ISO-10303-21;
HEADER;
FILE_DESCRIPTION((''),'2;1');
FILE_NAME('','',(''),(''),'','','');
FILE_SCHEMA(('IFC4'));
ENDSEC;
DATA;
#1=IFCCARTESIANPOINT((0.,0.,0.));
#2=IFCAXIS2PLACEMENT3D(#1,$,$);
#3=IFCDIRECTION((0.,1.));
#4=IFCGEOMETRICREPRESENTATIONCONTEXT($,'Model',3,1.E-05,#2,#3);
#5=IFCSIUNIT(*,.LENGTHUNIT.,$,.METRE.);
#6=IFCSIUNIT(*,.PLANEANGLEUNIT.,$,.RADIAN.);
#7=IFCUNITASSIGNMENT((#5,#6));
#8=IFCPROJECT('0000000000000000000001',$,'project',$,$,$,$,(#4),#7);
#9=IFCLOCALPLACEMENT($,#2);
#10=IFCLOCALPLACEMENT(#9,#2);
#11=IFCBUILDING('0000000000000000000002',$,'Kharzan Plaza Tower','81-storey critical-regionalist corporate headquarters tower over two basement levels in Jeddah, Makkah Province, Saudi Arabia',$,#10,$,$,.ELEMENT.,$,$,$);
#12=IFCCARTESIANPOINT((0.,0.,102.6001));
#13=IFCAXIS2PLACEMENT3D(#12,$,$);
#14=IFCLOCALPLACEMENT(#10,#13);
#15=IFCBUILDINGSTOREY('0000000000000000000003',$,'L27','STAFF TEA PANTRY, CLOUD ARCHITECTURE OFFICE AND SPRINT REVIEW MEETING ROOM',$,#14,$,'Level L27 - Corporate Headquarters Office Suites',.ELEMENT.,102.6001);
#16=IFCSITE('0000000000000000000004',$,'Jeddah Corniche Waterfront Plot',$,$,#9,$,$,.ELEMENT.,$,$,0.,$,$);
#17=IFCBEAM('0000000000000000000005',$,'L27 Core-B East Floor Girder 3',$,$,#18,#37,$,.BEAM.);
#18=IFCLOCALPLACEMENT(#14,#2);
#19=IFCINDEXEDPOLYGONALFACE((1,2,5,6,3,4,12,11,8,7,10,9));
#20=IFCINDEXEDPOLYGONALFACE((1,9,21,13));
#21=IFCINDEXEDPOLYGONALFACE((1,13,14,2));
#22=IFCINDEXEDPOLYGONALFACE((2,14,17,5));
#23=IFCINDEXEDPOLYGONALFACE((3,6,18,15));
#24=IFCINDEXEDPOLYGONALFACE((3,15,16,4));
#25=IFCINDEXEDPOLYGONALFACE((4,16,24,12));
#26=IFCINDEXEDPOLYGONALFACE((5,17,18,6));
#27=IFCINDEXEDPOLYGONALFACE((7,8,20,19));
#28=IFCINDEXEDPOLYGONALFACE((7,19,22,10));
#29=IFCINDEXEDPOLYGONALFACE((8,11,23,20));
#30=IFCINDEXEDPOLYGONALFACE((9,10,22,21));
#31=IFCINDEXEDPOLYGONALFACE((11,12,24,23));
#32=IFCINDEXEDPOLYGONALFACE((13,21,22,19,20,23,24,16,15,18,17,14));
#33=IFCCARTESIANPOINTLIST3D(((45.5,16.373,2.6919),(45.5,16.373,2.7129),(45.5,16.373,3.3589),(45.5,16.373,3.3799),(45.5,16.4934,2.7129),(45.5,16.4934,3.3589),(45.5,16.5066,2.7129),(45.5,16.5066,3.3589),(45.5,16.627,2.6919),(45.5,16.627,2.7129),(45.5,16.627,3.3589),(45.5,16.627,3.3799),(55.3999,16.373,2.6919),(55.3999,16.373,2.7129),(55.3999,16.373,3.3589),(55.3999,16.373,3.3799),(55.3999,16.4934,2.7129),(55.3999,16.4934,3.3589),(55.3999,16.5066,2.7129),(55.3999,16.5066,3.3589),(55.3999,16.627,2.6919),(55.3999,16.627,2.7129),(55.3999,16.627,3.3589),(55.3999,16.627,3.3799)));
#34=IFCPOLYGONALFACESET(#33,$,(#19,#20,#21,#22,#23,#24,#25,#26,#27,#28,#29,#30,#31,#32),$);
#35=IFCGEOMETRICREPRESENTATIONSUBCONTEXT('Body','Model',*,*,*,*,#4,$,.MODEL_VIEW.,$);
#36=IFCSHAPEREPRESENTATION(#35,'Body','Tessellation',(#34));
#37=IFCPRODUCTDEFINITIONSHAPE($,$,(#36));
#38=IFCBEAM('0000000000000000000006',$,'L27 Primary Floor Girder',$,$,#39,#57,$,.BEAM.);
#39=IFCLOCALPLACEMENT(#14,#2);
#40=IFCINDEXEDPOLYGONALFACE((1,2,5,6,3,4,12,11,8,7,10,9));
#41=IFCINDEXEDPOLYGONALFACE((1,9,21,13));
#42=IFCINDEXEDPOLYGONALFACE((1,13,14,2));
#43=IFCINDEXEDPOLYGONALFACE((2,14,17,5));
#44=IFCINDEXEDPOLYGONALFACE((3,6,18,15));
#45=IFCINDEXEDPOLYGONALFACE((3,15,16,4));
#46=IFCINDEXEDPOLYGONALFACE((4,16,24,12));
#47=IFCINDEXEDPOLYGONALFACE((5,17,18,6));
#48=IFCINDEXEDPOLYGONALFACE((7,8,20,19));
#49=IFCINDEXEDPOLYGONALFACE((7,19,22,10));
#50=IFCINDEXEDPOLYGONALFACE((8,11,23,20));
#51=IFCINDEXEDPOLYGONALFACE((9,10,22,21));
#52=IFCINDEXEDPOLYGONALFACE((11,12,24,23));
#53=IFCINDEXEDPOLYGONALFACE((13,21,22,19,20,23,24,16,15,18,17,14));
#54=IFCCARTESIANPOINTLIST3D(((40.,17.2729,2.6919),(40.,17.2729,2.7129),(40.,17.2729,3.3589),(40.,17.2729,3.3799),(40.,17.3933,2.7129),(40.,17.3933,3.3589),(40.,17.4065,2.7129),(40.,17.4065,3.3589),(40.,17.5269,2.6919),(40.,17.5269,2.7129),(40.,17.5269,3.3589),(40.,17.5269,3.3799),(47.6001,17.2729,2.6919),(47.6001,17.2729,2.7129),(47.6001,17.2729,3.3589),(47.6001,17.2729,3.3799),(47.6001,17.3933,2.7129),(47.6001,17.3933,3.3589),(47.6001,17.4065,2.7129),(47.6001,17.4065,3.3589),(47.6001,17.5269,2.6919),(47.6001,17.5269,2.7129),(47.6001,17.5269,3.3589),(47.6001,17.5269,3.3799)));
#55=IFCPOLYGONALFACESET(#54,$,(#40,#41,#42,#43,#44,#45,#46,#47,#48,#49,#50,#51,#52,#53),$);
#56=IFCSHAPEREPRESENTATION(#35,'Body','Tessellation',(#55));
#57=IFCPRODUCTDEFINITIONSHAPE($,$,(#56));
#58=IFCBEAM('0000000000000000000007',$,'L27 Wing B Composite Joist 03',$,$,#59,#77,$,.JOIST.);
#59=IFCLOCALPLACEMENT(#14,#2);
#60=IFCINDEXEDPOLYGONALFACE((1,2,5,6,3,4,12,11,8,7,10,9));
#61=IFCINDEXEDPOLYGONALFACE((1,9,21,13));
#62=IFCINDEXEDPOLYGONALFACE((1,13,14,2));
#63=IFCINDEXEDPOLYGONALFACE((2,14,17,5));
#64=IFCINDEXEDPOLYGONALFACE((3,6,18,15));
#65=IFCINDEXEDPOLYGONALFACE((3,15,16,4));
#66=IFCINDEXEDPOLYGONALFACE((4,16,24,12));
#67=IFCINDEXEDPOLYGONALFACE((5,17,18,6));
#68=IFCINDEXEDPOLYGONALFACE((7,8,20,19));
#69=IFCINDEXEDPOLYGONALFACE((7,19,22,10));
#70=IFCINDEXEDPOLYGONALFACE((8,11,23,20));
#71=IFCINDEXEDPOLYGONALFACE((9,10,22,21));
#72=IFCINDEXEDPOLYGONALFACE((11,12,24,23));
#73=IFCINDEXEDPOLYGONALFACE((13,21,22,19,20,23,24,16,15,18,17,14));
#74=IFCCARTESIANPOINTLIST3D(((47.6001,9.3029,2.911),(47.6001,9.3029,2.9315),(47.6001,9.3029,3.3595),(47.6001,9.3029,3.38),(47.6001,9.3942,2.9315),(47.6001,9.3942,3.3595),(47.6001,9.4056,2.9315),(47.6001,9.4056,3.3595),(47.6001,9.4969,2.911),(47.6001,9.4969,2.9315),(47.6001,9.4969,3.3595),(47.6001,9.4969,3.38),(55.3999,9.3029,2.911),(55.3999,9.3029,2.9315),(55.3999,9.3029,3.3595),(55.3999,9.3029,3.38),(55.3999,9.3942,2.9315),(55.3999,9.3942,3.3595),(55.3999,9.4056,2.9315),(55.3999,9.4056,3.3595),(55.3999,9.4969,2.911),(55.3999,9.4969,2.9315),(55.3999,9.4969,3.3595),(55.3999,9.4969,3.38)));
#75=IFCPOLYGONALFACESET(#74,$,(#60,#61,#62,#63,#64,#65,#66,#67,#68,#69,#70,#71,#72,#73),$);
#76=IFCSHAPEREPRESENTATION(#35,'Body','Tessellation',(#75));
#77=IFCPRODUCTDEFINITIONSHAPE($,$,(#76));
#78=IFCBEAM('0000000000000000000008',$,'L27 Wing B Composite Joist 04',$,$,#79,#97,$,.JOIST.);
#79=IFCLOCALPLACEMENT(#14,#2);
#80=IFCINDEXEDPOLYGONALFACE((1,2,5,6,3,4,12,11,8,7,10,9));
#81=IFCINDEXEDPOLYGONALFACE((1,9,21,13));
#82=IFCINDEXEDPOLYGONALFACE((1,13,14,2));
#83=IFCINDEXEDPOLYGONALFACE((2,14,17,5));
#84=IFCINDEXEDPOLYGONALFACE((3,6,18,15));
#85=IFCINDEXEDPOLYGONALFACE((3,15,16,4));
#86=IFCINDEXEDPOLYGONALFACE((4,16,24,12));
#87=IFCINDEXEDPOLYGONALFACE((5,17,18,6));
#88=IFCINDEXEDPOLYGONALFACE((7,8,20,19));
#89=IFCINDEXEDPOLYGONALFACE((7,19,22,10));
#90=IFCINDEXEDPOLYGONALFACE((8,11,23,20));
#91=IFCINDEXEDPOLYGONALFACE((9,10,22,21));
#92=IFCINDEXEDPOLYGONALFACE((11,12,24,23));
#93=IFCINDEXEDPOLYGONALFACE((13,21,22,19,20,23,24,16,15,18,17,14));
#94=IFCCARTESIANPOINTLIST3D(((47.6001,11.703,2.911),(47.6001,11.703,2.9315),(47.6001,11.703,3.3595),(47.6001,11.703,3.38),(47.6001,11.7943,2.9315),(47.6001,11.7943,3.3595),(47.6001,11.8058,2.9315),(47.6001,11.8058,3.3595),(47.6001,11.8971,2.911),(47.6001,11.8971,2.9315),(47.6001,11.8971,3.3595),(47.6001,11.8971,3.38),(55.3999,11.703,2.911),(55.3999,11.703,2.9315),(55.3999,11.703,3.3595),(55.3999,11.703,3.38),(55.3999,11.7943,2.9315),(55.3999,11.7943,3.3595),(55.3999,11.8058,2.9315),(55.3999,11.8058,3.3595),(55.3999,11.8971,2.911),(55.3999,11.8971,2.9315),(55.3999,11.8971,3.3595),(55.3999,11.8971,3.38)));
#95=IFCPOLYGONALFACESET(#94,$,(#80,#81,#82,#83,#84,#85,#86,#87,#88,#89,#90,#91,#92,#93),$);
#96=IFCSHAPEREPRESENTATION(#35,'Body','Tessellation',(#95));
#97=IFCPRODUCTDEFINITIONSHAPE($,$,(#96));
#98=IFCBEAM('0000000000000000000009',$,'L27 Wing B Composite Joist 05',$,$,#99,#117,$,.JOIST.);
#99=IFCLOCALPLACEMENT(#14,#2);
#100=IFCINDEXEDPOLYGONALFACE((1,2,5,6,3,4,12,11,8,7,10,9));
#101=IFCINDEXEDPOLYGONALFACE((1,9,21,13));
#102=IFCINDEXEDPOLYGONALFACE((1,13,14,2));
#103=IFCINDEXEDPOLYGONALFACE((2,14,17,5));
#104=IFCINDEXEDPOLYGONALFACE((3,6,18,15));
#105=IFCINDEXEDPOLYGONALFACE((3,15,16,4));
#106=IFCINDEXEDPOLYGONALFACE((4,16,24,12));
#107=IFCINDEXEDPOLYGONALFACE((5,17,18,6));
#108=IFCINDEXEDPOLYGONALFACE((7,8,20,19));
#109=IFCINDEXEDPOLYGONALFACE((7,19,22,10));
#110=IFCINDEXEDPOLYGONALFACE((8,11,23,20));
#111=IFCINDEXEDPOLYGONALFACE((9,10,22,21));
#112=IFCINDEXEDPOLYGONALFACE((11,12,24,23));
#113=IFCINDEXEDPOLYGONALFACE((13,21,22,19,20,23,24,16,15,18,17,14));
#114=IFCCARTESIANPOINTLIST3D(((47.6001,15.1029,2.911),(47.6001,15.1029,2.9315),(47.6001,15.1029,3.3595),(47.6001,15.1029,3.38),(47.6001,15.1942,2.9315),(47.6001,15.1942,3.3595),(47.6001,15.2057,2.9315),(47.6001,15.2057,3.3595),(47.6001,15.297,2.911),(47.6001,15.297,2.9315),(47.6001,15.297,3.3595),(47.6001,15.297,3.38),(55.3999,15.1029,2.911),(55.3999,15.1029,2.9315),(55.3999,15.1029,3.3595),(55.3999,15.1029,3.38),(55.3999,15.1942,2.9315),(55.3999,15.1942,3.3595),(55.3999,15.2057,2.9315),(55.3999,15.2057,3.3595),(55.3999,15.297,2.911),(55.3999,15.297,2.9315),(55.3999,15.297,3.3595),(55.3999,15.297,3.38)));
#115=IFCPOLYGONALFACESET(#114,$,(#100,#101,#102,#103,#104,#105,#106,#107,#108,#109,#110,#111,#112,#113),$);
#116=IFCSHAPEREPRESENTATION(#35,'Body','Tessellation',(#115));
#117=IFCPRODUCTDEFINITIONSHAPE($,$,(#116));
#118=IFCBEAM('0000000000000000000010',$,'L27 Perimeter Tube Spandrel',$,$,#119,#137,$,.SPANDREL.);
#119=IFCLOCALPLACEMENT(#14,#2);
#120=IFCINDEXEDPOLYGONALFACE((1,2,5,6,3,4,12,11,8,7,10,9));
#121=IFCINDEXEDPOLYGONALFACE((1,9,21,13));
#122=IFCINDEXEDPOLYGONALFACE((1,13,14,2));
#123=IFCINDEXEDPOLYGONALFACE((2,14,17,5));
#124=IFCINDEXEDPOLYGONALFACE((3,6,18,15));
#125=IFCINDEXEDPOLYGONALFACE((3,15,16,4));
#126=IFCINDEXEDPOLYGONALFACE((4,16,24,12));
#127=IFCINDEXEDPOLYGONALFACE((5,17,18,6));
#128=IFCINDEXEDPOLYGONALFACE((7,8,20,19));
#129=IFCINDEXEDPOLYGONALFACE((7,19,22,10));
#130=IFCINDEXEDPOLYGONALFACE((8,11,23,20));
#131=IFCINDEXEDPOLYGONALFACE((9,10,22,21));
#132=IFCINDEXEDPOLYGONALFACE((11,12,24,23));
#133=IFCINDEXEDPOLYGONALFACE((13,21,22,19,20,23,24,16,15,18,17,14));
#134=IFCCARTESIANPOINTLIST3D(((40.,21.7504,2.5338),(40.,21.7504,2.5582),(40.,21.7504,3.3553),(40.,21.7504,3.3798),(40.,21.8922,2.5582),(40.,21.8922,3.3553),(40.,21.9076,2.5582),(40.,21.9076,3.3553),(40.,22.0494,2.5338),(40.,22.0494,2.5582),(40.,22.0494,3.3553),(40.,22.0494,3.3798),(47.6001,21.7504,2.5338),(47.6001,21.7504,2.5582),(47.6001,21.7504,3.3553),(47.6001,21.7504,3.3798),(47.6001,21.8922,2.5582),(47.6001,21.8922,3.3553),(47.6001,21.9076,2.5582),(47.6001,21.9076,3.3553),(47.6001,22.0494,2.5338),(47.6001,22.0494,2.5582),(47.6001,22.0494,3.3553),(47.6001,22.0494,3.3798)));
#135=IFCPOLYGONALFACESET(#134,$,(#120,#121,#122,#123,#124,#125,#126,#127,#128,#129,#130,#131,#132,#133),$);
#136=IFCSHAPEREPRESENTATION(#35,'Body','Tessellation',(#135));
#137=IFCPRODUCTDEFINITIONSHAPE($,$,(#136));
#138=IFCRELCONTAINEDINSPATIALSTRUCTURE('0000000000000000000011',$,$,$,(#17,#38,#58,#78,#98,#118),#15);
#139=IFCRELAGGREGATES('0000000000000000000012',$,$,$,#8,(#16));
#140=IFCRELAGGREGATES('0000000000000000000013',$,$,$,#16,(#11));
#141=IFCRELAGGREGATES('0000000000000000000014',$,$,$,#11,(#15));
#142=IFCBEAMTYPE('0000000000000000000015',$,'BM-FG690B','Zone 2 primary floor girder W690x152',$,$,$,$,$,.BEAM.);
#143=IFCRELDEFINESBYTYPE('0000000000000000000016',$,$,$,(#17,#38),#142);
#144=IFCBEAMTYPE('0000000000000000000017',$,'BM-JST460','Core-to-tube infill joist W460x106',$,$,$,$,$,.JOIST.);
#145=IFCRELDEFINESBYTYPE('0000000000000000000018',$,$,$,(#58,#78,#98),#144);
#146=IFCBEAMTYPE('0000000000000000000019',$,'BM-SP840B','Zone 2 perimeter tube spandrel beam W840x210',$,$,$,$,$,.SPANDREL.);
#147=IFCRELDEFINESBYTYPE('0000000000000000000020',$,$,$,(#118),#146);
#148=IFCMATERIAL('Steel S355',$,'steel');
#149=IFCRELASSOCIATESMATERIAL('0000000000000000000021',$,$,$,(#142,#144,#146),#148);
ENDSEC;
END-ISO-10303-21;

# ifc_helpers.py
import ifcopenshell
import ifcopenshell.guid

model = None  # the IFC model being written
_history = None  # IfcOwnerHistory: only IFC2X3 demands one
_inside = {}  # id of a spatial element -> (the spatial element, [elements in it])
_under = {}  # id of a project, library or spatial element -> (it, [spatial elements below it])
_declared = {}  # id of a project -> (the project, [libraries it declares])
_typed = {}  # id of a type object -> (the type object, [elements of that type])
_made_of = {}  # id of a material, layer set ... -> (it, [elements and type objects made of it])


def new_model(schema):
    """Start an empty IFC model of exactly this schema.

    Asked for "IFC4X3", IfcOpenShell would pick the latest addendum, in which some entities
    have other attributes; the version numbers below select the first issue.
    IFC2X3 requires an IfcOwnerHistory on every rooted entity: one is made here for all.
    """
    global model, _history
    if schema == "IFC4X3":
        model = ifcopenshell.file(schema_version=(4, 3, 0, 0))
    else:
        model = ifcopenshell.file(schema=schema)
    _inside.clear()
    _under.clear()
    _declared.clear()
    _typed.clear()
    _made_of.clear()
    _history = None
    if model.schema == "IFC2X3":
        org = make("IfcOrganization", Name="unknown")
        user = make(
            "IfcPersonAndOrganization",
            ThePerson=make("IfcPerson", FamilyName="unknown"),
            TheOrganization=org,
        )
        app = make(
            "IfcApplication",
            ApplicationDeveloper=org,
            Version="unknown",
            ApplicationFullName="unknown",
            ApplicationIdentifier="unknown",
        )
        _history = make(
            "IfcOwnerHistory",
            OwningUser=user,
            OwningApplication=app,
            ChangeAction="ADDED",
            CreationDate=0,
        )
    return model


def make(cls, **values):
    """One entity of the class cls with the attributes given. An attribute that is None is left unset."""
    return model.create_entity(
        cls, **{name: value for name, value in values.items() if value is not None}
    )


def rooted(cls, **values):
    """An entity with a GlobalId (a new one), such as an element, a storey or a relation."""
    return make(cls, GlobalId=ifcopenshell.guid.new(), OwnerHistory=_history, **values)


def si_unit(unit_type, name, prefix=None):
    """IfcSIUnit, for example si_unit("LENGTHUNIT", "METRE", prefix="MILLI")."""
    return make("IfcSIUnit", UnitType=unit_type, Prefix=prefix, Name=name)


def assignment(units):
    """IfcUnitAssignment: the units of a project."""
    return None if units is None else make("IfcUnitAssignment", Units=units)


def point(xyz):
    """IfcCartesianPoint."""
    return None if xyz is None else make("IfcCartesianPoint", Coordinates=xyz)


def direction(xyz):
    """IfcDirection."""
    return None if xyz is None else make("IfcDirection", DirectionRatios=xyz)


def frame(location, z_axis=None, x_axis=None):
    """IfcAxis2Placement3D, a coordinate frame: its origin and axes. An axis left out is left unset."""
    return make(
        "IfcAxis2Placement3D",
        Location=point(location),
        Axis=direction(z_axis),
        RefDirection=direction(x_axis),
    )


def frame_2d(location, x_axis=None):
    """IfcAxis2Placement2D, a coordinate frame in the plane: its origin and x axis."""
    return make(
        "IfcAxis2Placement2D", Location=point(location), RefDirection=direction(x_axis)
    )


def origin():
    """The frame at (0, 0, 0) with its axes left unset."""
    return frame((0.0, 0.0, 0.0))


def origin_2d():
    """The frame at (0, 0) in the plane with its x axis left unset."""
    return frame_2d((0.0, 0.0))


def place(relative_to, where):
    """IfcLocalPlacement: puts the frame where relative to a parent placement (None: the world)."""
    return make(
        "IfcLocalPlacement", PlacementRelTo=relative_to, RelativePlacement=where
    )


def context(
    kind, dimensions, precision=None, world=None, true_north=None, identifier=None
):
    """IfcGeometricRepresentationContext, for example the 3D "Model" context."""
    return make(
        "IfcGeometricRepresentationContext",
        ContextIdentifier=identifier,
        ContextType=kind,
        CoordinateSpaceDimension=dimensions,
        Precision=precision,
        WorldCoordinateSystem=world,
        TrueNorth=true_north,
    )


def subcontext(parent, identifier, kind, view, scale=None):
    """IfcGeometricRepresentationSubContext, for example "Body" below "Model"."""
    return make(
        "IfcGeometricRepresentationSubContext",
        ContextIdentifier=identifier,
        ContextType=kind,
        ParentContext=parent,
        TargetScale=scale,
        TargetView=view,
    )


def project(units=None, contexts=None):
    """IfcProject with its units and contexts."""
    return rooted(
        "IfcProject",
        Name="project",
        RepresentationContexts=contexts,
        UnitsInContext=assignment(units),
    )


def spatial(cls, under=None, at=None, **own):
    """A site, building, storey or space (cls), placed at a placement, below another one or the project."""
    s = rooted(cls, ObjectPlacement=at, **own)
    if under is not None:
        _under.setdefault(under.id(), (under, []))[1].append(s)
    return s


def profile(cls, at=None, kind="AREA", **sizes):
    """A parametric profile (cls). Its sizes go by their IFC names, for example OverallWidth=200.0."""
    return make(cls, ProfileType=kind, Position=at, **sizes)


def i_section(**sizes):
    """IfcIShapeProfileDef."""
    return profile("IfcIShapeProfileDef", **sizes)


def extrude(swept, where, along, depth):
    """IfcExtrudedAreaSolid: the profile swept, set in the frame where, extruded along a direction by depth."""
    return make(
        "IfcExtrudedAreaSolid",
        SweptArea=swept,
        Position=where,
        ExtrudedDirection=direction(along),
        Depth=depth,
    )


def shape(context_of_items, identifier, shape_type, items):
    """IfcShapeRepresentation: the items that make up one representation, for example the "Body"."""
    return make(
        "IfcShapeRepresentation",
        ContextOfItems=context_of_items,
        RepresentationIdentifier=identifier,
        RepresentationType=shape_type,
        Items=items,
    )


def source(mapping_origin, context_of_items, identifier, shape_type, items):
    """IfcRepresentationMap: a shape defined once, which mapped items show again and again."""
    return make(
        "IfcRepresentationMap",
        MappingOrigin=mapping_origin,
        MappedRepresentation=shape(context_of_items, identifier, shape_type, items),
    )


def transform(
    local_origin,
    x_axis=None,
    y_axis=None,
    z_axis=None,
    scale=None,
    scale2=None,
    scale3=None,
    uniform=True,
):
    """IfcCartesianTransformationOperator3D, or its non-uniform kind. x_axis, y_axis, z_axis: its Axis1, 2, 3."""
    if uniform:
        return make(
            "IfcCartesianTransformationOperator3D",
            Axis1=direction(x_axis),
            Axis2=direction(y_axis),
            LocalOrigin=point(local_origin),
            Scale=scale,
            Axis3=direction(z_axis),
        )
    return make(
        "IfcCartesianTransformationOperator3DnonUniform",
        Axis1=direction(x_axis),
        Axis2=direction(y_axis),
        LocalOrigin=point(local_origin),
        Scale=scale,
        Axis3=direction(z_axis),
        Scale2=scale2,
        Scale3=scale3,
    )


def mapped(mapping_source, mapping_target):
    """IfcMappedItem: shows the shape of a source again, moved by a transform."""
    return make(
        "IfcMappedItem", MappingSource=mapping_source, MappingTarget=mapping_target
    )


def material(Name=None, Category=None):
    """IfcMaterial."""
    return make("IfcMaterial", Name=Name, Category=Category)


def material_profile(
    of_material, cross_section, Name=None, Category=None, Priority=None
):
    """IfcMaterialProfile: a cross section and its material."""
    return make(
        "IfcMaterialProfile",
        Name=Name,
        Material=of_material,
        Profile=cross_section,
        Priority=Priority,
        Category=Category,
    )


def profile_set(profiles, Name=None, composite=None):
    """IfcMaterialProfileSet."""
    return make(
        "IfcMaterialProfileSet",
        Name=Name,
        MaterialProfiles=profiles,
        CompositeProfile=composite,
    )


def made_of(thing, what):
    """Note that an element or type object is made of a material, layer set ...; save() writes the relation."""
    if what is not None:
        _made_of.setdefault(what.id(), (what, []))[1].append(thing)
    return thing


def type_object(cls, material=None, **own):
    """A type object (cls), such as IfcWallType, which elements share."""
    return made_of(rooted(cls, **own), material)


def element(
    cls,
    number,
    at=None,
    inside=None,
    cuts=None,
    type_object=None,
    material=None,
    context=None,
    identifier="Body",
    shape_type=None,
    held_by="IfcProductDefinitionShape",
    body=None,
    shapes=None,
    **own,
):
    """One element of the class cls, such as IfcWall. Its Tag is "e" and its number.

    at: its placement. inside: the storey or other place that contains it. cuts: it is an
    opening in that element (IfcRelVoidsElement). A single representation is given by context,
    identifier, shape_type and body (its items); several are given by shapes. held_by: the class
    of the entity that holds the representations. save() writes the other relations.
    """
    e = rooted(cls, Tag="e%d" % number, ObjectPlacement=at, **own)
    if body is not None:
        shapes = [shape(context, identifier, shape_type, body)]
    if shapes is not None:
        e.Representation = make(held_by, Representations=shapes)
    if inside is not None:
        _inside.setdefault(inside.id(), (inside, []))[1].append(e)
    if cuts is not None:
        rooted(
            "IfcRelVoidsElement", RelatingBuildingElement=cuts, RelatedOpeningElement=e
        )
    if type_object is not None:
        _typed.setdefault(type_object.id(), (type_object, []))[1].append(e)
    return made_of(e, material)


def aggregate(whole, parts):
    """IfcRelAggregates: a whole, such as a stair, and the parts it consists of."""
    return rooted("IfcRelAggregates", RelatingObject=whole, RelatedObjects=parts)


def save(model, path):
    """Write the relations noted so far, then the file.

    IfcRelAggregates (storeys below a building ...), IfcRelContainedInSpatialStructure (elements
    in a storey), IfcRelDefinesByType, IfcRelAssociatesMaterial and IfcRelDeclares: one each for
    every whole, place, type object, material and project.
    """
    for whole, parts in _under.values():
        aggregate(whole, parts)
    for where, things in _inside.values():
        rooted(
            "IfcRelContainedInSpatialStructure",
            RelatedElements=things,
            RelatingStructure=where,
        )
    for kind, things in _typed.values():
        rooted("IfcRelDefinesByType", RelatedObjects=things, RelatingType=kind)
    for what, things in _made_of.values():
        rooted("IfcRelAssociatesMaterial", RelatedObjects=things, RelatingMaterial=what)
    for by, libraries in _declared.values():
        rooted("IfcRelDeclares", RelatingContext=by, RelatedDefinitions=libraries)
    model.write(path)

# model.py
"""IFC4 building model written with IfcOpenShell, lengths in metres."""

from ifc_helpers import new_model, si_unit, direction, frame, origin, origin_2d, place, context, subcontext, project, spatial, i_section, extrude, source, transform, mapped, material, material_profile, profile_set, type_object, element, save


model = new_model("IFC4")

# Units and contexts
model_context = context("Model", 3, precision=1e-05, world=origin(), true_north=direction((0.0, 1.0)))
body_context = subcontext(model_context, "Body", "Model", "MODEL_VIEW")
ifc_project = project(units=[si_unit("LENGTHUNIT", "METRE"), si_unit("PLANEANGLEUNIT", "RADIAN")], contexts=[model_context])

# Site, building, storey
site_placement = place(None, origin())
site = spatial("IfcSite", under=ifc_project, at=site_placement, Name="Jeddah Corniche Waterfront Plot", CompositionType="ELEMENT", RefElevation=0.0)
building_placement = place(site_placement, origin())
building = spatial("IfcBuilding", under=site, at=building_placement, Name="Kharzan Plaza Tower", Description="81-storey critical-regionalist corporate headquarters tower over two basement levels in Jeddah, Makkah Province, Saudi Arabia", CompositionType="ELEMENT")
storey_placement = place(building_placement, frame((0.0, 0.0, 102.6001)))
storey = spatial("IfcBuildingStorey", under=building, at=storey_placement, Name="L27", Description="STAFF TEA PANTRY, CLOUD ARCHITECTURE OFFICE AND SPRINT REVIEW MEETING ROOM", LongName="Level L27 - Corporate Headquarters Office Suites", CompositionType="ELEMENT", Elevation=102.6001)

# Beams
ifc_material_1 = material(Name="Steel S355", Category="steel")
ifc_material_profile_1 = material_profile(ifc_material_1, i_section(OverallWidth=0.2539, OverallDepth=0.688, WebThickness=0.0132, FlangeThickness=0.021, at=origin_2d()), Name="W690x152")
ifc_profile_set_1 = profile_set([ifc_material_profile_1], Name="Steel S355")
beam_type_1 = type_object("IfcBeamType", Name="BM-FG690B", Description="Zone 2 primary floor girder W690x152", PredefinedType="BEAM", material=ifc_profile_set_1)
shared_shape_1 = source(origin(), body_context, "Body", "SweptSolid", [
    extrude(i_section(OverallWidth=0.2539, OverallDepth=0.688, WebThickness=0.0132, FlangeThickness=0.021, at=origin_2d()), origin(), (0.0, 0.0, 1.0), 9.8999),
])
for number, where, z_axis, x_axis, name in (
    (1, (45.5, 16.5, 3.0359), (1.0, 0.0, 0.0), (0.0, 1.0, 0.0), "L27 Core-B East Floor Girder 3"),
):
    element("IfcBeam", number, at=place(storey_placement, frame(where, z_axis=z_axis, x_axis=x_axis)), inside=storey, type_object=beam_type_1, Name=name, PredefinedType="BEAM", context=body_context, shape_type="MappedRepresentation", body=[
        mapped(shared_shape_1, transform((0.0, 0.0, 0.0), x_axis=(1.0, 0.0, 0.0), y_axis=(0.0, 1.0, 0.0), z_axis=(0.0, 0.0, 1.0))),
    ])
shared_shape_2 = source(origin(), body_context, "Body", "SweptSolid", [
    extrude(i_section(OverallWidth=0.2539, OverallDepth=0.688, WebThickness=0.0132, FlangeThickness=0.021, at=origin_2d()), origin(), (0.0, 0.0, 1.0), 7.6001),
])
beam_1_placement = place(storey_placement, frame((40.0, 17.3999, 3.0359), z_axis=(1.0, 0.0, 0.0), x_axis=(0.0, 1.0, 0.0)))
element("IfcBeam", 2, at=beam_1_placement, inside=storey, type_object=beam_type_1, Name="L27 Primary Floor Girder", PredefinedType="BEAM", context=body_context, shape_type="MappedRepresentation", body=[
    mapped(shared_shape_2, transform((0.0, 0.0, 0.0), x_axis=(1.0, 0.0, 0.0), y_axis=(0.0, 1.0, 0.0), z_axis=(0.0, 0.0, 1.0))),
])
ifc_material_profile_2 = material_profile(ifc_material_1, i_section(OverallWidth=0.1941, OverallDepth=0.469, WebThickness=0.0115, FlangeThickness=0.0205, at=origin_2d()), Name="W460x106")
ifc_profile_set_2 = profile_set([ifc_material_profile_2], Name="Steel S355")
beam_type_2 = type_object("IfcBeamType", Name="BM-JST460", Description="Core-to-tube infill joist W460x106", PredefinedType="JOIST", material=ifc_profile_set_2)
shared_shape_3 = source(origin(), body_context, "Body", "SweptSolid", [
    extrude(i_section(OverallWidth=0.1941, OverallDepth=0.469, WebThickness=0.0115, FlangeThickness=0.0205, at=origin_2d()), origin(), (0.0, 0.0, 1.0), 7.7998),
])
for number, where, z_axis, x_axis, name in (
    (3, (47.6001, 9.3999, 3.1455), (1.0, 0.0, 0.0), (0.0, 1.0, 0.0), "L27 Wing B Composite Joist 03"),
    (4, (47.6001, 11.8, 3.1455), (1.0, 0.0, 0.0), (0.0, 1.0, 0.0), "L27 Wing B Composite Joist 04"),
    (5, (47.6001, 15.2, 3.1455), (1.0, 0.0, 0.0), (0.0, 1.0, 0.0), "L27 Wing B Composite Joist 05"),
):
    element("IfcBeam", number, at=place(storey_placement, frame(where, z_axis=z_axis, x_axis=x_axis)), inside=storey, type_object=beam_type_2, Name=name, PredefinedType="JOIST", context=body_context, shape_type="MappedRepresentation", body=[
        mapped(shared_shape_3, transform((0.0, 0.0, 0.0), x_axis=(1.0, 0.0, 0.0), y_axis=(0.0, 1.0, 0.0), z_axis=(0.0, 0.0, 1.0))),
    ])
ifc_material_profile_3 = material_profile(ifc_material_1, i_section(OverallWidth=0.2991, OverallDepth=0.8459, WebThickness=0.0154, FlangeThickness=0.0244, at=origin_2d()), Name="W840x210")
ifc_profile_set_3 = profile_set([ifc_material_profile_3], Name="Steel S355")
beam_type_3 = type_object("IfcBeamType", Name="BM-SP840B", Description="Zone 2 perimeter tube spandrel beam W840x210", PredefinedType="SPANDREL", material=ifc_profile_set_3)
shared_shape_4 = source(origin(), body_context, "Body", "SweptSolid", [
    extrude(i_section(OverallWidth=0.2991, OverallDepth=0.8459, WebThickness=0.0154, FlangeThickness=0.0244, at=origin_2d()), origin(), (0.0, 0.0, 1.0), 7.6001),
])
beam_2_placement = place(storey_placement, frame((40.0, 21.8999, 2.9568), z_axis=(1.0, 0.0, 0.0), x_axis=(0.0, 1.0, 0.0)))
element("IfcBeam", 6, at=beam_2_placement, inside=storey, type_object=beam_type_3, Name="L27 Perimeter Tube Spandrel", PredefinedType="SPANDREL", context=body_context, shape_type="MappedRepresentation", body=[
    mapped(shared_shape_4, transform((0.0, 0.0, 0.0), x_axis=(1.0, 0.0, 0.0), y_axis=(0.0, 1.0, 0.0), z_axis=(0.0, 0.0, 1.0))),
])

save(model, "model.ifc")
